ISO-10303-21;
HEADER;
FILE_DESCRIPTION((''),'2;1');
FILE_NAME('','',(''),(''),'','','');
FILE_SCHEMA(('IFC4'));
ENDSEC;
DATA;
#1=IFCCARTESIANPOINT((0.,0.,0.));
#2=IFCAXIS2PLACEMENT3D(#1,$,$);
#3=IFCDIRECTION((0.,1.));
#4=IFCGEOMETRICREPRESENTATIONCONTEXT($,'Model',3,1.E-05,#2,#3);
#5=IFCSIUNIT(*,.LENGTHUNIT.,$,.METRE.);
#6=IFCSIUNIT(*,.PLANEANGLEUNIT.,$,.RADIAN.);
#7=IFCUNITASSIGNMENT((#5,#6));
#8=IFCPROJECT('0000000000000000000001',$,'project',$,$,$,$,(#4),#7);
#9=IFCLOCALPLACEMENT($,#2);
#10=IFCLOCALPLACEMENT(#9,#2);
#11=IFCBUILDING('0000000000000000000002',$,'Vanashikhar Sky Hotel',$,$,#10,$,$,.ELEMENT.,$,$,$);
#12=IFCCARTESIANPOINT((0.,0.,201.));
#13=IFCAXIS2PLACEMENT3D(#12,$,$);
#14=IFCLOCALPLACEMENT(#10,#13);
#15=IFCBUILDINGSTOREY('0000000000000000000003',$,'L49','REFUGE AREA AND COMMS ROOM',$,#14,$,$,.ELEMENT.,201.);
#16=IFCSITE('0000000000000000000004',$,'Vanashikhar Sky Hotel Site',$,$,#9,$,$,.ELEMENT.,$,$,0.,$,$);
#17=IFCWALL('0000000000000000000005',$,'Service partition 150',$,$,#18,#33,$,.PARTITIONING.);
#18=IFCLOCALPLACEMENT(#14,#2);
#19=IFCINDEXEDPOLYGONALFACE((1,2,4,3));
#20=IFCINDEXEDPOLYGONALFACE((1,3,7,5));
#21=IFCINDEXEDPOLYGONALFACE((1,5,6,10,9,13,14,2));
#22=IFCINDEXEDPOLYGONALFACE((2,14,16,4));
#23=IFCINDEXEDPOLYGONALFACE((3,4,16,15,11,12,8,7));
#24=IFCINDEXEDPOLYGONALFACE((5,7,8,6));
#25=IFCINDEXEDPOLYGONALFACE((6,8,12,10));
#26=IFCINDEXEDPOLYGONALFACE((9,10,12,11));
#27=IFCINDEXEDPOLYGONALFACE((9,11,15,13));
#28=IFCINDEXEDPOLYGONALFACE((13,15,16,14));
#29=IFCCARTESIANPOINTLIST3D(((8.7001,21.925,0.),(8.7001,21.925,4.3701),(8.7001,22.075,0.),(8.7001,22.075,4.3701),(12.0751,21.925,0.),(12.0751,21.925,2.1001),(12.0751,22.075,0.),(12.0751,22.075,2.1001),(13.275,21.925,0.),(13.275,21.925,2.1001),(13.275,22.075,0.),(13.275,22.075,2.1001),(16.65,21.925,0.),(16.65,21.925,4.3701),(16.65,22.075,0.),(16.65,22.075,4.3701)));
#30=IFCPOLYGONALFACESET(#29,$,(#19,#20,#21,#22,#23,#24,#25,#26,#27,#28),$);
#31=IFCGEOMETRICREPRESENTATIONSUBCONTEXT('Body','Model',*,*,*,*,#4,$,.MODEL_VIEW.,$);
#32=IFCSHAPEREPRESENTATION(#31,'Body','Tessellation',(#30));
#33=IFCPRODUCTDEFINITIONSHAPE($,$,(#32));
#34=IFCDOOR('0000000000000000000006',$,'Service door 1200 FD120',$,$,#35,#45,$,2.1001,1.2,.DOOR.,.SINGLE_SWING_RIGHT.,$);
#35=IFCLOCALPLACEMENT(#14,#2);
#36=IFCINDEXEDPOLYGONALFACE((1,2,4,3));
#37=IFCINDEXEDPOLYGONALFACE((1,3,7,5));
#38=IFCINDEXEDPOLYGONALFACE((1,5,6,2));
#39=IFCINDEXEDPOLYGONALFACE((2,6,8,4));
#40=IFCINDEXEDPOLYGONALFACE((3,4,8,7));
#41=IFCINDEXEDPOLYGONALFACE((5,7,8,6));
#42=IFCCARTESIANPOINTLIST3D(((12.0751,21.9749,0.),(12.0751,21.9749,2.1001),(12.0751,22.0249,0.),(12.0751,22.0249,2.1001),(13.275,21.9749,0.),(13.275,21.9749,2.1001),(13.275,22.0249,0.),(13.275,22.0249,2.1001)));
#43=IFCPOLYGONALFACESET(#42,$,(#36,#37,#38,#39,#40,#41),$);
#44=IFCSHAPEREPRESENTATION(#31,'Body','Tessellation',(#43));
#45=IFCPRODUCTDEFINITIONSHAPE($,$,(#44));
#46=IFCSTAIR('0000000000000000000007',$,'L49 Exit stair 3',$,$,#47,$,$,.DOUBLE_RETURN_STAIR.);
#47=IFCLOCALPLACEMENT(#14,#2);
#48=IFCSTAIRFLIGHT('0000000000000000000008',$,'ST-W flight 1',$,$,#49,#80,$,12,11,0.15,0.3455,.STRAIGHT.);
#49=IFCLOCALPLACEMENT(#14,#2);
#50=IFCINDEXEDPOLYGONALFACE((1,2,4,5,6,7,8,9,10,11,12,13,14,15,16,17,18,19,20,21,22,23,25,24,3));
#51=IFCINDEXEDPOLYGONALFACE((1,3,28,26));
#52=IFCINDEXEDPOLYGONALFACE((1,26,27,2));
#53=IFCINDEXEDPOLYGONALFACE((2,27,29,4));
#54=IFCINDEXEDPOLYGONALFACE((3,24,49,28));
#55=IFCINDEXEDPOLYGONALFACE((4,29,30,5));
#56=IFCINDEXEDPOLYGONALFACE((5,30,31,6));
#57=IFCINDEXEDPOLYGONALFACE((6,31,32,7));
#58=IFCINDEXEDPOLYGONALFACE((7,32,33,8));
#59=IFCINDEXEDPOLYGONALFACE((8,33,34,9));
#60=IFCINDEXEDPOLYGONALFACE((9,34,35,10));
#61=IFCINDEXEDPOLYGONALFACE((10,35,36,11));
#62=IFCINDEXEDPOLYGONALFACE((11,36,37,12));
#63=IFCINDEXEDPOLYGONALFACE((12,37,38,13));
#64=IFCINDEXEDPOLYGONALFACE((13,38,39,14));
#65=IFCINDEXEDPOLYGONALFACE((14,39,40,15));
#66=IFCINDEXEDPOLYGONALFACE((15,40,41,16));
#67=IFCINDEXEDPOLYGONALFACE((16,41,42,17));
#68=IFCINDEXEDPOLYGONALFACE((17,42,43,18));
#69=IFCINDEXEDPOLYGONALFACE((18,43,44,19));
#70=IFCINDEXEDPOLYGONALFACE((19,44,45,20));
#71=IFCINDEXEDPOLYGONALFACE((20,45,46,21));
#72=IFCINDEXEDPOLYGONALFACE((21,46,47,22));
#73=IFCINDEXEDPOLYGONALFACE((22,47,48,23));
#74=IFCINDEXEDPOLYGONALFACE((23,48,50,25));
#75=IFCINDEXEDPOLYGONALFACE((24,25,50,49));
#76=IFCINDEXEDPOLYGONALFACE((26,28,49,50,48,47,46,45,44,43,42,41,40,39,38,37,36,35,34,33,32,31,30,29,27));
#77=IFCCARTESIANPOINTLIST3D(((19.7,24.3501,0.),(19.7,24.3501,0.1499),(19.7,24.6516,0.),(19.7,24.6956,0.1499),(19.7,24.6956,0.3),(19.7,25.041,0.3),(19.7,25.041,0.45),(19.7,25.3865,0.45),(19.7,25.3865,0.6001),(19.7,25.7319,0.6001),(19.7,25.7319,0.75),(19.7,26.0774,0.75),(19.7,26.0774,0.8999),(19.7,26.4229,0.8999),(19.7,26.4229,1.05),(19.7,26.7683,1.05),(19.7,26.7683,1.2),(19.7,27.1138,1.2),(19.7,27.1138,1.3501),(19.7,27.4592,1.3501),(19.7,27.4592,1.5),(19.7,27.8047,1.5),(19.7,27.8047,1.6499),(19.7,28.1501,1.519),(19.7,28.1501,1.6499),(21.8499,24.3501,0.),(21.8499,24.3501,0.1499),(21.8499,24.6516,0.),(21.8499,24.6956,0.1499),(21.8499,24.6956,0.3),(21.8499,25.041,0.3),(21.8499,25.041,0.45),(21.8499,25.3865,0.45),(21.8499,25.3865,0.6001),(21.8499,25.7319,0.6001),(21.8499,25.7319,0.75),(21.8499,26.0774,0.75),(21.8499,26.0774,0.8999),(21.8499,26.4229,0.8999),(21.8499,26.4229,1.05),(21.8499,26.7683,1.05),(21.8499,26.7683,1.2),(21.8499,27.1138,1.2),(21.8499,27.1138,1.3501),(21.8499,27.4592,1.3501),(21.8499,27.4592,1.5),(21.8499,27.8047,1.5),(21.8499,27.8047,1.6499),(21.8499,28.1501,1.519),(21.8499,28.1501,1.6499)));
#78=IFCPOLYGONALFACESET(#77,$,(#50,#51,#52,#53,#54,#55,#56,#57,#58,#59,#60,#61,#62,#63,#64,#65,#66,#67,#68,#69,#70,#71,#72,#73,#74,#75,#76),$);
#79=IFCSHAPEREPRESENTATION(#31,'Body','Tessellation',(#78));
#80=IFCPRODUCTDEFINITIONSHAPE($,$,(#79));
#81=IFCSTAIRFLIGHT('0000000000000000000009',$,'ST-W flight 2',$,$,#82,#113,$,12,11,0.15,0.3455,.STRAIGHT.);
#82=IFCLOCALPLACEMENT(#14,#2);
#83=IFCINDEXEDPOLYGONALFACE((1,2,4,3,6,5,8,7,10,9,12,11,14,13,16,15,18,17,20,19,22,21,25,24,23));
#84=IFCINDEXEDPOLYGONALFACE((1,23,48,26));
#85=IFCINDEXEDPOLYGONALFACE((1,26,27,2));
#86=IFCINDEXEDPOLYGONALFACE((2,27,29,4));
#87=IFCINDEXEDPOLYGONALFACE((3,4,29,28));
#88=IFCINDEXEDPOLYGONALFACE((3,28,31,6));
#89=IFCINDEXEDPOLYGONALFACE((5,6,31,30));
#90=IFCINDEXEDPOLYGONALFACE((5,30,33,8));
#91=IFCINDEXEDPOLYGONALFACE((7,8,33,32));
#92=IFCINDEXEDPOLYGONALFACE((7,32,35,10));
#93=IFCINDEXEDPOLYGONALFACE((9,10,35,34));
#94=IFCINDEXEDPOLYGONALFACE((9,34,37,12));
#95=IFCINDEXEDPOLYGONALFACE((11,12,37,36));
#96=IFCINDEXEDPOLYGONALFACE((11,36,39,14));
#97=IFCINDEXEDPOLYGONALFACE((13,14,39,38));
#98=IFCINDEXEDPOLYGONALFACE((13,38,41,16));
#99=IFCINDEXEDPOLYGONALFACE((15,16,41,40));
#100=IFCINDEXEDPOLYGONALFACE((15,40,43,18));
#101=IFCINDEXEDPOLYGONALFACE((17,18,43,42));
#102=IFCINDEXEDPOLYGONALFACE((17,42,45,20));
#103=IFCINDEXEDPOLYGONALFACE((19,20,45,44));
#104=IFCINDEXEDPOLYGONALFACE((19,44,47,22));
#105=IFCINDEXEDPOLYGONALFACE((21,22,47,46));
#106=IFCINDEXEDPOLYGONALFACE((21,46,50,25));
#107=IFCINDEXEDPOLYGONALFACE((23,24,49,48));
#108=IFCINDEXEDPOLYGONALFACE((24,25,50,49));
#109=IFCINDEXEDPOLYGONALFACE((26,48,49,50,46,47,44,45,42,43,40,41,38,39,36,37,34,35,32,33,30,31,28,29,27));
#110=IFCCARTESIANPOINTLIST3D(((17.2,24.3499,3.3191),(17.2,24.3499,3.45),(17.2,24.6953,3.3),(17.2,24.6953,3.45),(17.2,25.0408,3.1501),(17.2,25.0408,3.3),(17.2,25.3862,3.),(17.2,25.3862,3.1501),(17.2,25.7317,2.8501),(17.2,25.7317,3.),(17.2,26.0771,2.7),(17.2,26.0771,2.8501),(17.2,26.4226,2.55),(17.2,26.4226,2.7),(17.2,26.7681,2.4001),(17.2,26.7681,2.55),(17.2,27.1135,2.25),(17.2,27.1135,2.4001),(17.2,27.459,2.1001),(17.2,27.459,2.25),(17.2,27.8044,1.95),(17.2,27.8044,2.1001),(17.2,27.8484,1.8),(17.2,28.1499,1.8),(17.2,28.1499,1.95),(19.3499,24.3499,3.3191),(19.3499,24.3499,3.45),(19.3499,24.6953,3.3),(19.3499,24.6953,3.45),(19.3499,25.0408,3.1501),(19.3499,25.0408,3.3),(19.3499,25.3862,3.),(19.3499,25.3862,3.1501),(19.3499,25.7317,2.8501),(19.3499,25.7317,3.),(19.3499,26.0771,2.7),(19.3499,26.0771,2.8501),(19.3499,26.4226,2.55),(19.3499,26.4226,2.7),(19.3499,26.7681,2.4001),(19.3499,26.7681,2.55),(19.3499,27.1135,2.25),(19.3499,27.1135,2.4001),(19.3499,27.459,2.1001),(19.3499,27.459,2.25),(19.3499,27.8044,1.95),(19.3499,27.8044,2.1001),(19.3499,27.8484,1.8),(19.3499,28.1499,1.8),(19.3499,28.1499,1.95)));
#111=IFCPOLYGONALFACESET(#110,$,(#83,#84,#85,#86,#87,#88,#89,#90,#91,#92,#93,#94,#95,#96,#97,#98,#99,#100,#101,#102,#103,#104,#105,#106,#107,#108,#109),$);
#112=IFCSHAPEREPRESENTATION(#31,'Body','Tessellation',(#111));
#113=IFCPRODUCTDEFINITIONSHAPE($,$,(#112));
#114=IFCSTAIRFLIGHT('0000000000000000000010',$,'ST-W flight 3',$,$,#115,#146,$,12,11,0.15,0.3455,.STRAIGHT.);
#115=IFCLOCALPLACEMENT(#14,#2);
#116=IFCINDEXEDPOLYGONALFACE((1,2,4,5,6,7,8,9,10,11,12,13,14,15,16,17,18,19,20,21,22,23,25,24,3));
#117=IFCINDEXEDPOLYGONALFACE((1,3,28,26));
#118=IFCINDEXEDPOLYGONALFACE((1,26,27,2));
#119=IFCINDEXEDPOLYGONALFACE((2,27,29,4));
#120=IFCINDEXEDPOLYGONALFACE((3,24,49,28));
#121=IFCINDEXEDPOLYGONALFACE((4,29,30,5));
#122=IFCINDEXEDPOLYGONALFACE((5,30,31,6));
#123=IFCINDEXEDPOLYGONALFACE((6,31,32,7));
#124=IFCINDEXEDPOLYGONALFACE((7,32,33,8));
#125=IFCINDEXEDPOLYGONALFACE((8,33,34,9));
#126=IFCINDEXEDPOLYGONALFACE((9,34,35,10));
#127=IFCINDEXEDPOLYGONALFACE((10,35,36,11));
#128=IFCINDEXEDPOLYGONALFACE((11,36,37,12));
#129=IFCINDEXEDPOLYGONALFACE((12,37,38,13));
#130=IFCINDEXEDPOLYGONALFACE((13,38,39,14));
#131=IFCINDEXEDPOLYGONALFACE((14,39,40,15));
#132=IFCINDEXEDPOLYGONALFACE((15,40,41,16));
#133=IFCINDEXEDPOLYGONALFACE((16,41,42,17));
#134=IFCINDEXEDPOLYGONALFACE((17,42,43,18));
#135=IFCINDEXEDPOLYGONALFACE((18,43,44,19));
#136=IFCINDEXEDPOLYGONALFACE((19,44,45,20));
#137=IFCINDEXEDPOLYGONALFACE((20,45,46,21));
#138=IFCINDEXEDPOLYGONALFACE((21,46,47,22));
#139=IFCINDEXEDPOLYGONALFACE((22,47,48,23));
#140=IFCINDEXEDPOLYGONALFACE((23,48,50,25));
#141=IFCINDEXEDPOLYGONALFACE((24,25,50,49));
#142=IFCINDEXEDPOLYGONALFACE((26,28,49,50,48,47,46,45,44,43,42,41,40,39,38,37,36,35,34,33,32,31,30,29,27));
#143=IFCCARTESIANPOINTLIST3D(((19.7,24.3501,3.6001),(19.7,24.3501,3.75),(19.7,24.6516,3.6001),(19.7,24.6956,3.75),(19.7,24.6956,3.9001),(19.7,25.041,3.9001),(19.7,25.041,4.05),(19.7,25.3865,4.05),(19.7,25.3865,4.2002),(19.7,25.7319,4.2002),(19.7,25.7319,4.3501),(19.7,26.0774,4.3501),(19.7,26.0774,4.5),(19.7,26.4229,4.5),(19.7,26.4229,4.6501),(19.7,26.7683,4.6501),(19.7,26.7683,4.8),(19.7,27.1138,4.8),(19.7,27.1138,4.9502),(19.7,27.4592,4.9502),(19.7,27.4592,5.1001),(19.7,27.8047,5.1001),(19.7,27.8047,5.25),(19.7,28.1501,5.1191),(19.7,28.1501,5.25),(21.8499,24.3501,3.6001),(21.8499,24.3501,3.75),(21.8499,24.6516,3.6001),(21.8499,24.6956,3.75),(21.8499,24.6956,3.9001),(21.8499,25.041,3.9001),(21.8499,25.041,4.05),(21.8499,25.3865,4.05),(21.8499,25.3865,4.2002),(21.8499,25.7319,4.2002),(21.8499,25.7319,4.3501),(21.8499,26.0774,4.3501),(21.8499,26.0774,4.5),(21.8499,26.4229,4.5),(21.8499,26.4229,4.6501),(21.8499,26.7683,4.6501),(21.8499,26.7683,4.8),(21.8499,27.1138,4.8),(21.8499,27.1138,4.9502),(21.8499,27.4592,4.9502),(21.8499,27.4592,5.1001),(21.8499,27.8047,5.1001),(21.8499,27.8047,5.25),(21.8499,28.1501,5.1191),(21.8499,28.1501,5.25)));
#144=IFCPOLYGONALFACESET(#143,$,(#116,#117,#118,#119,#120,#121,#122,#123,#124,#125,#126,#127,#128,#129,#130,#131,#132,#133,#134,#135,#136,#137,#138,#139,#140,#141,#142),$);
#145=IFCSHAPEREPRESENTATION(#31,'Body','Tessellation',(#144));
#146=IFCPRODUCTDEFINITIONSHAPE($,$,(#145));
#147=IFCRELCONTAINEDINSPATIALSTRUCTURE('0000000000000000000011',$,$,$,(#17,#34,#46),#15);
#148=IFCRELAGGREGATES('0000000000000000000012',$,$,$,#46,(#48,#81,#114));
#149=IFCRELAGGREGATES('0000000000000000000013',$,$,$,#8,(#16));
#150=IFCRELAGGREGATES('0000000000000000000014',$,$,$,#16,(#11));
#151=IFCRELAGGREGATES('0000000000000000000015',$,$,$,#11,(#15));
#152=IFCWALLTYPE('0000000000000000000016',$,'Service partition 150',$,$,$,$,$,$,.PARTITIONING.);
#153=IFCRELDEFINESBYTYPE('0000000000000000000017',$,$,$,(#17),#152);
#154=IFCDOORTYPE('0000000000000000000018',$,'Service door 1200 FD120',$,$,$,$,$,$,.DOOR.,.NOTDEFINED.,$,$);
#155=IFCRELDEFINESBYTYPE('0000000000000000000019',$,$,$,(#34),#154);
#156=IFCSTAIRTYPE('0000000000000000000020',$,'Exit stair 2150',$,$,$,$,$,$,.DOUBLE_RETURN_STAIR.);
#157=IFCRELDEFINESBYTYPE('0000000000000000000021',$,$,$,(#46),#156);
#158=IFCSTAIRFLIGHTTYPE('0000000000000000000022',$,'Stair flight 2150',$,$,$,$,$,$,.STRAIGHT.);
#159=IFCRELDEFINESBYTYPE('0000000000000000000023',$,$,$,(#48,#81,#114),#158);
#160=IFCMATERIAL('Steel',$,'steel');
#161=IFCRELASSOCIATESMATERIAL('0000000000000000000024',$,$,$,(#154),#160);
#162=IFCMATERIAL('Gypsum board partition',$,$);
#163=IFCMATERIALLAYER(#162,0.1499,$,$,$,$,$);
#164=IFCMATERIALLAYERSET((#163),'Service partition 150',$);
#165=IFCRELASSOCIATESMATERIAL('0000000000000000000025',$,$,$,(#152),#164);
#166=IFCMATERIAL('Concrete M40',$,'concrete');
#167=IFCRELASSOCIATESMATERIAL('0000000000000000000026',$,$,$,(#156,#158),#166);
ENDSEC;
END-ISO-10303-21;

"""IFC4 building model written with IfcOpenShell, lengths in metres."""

from ifc_helpers import new_model, si_unit, direction, frame, frame_2d, origin, place, context, subcontext, project, spatial, polyline, rectangle, outline, extrude, source, transform, mapped, material, layer, layer_set, type_object, element, fill, aggregate, save


model = new_model("IFC4")

# Units and contexts
model_context = context("Model", 3, precision=1e-05, world=origin(), true_north=direction((0.0, 1.0)))
body_context = subcontext(model_context, "Body", "Model", "MODEL_VIEW")
ifc_project = project(units=[si_unit("LENGTHUNIT", "METRE"), si_unit("PLANEANGLEUNIT", "RADIAN")], contexts=[model_context])

# Site, building, storey
site_placement = place(None, origin())
site = spatial("IfcSite", under=ifc_project, at=site_placement, Name="Vanashikhar Sky Hotel Site", CompositionType="ELEMENT", RefElevation=0.0)
building_placement = place(site_placement, origin())
building = spatial("IfcBuilding", under=site, at=building_placement, Name="Vanashikhar Sky Hotel", CompositionType="ELEMENT")
storey_placement = place(building_placement, frame((0.0, 0.0, 201.0)))
storey = spatial("IfcBuildingStorey", under=building, at=storey_placement, Name="L49", Description="REFUGE AREA AND COMMS ROOM", CompositionType="ELEMENT", Elevation=201.0)

# Shared definitions
ifc_material_1 = material(Name="Steel", Category="steel")

# Shared definitions
door_type_1 = type_object("IfcDoorType", Name="Service door 1200 FD120", OperationType="NOTDEFINED", PredefinedType="DOOR", material=ifc_material_1)
shared_shape_1 = source(origin(), body_context, "Body", "SweptSolid", [
    extrude(rectangle(XDim=1.2, YDim=2.1001, at=frame_2d((0.6001, 1.05))), frame((0.0, 0.0249, 0.0), z_axis=(0.0, -1.0, 0.0), x_axis=(1.0, 0.0, 0.0)), (0.0, 0.0, 1.0), 0.05),
])

# Wall, opening, door
ifc_material_2 = material(Name="Gypsum board partition")
ifc_layer_1 = layer(ifc_material_2, 0.1499)
ifc_layer_set_1 = layer_set([ifc_layer_1], Name="Service partition 150")
wall_type_1 = type_object("IfcWallType", Name="Service partition 150", PredefinedType="PARTITIONING", material=ifc_layer_set_1)
shared_shape_2 = source(origin(), body_context, "Body", "SweptSolid", [
    extrude(rectangle(XDim=7.95, YDim=0.1499, at=frame_2d((3.9751, 0.0))), origin(), (0.0, 0.0, 1.0), 4.3701),
])
wall_1_placement = place(storey_placement, frame((8.7, 22.0, 0.0), z_axis=(0.0, 0.0, 1.0), x_axis=(1.0, 0.0, 0.0)))
wall_1 = element("IfcWall", 1, at=wall_1_placement, inside=storey, type_object=wall_type_1, Name="Service partition 150", PredefinedType="PARTITIONING", context=body_context, shape_type="MappedRepresentation", body=[
    mapped(shared_shape_2, transform((0.0, 0.0, 0.0), scale=1.0)),
])
shared_shape_3 = source(origin(), body_context, "Body", "SweptSolid", [
    extrude(rectangle(XDim=1.2, YDim=2.1001, at=frame_2d((0.6001, 1.05))), frame((0.0, 0.085, 0.0), z_axis=(0.0, -1.0, 0.0), x_axis=(1.0, 0.0, 0.0)), (0.0, 0.0, 1.0), 0.1699),
])
opening_1_placement = place(wall_1_placement, frame((3.375, 0.0, 0.0)))
opening_1 = element("IfcOpeningElement", 2, at=opening_1_placement, cuts=wall_1, PredefinedType="OPENING", context=body_context, shape_type="MappedRepresentation", body=[
    mapped(shared_shape_3, transform((0.0, 0.0, 0.0), scale=1.0)),
])
door_1_placement = place(opening_1_placement, origin())
door_1 = element("IfcDoor", 3, at=door_1_placement, inside=storey, type_object=door_type_1, Name="Service door 1200 FD120", OperationType="SINGLE_SWING_RIGHT", OverallHeight=2.1001, OverallWidth=1.2, PredefinedType="DOOR", context=body_context, shape_type="MappedRepresentation", body=[
    mapped(shared_shape_1, transform((0.0, 0.0, 0.0), scale=1.0)),
])
fill(opening_1, door_1)

# Stair, stair flights
ifc_material_3 = material(Name="Concrete M40", Category="concrete")
stair_type = type_object("IfcStairType", Name="Exit stair 2150", PredefinedType="DOUBLE_RETURN_STAIR", material=ifc_material_3)
stair_placement = place(storey_placement, origin())
stair = element("IfcStair", 4, at=stair_placement, inside=storey, type_object=stair_type, Name="L49 Exit stair 3", PredefinedType="DOUBLE_RETURN_STAIR")
stair_flight_type = type_object("IfcStairFlightType", Name="Stair flight 2150", PredefinedType="STRAIGHT", material=ifc_material_3)
shared_shape_4 = source(origin(), body_context, "Body", "SweptSolid", [
    extrude(outline(polyline([(0.0, 0.0), (0.0, 0.1499), (0.3455, 0.1499), (0.3455, 0.3), (0.6909, 0.3), (0.6909, 0.45), (1.0364, 0.45), (1.0364, 0.6001), (1.3818, 0.6001), (1.3818, 0.75), (1.7273, 0.75), (1.7273, 0.8999), (2.0728, 0.8999), (2.0728, 1.05), (2.4182, 1.05), (2.4182, 1.2), (2.7637, 1.2), (2.7637, 1.3501), (3.1091, 1.3501), (3.1091, 1.5), (3.4546, 1.5), (3.4546, 1.6499), (3.8, 1.6499), (3.8, 1.8), (3.8, 1.519), (0.3015, 0.0), (0.0, 0.0)])), frame((0.0, 1.075, 0.0), z_axis=(0.0, -1.0, 0.0), x_axis=(1.0, 0.0, 0.0)), (0.0, 0.0, 1.0), 2.1499),
])
stair_flight_1_placement = place(storey_placement, frame((20.7749, 24.3501, 0.0), z_axis=(0.0, 0.0, 1.0), x_axis=(0.0, 1.0, 0.0)))
stair_flight_1 = element("IfcStairFlight", 5, at=stair_flight_1_placement, type_object=stair_flight_type, Name="ST-W flight 1", NumberOfRisers=12, NumberOfTreads=11, PredefinedType="STRAIGHT", RiserHeight=0.15, TreadLength=0.3455, context=body_context, shape_type="MappedRepresentation", body=[
    mapped(shared_shape_4, transform((0.0, 0.0, 0.0), scale=1.0)),
])
stair_flight_2_placement = place(storey_placement, frame((18.2749, 28.1499, 1.8), z_axis=(0.0, 0.0, 1.0), x_axis=(0.0, -1.0, 0.0)))
stair_flight_2 = element("IfcStairFlight", 6, at=stair_flight_2_placement, type_object=stair_flight_type, Name="ST-W flight 2", NumberOfRisers=12, NumberOfTreads=11, PredefinedType="STRAIGHT", RiserHeight=0.15, TreadLength=0.3455, context=body_context, shape_type="MappedRepresentation", body=[
    mapped(shared_shape_4, transform((0.0, 0.0, 0.0), scale=1.0)),
])
stair_flight_3_placement = place(storey_placement, frame((20.7749, 24.3501, 3.6001), z_axis=(0.0, 0.0, 1.0), x_axis=(0.0, 1.0, 0.0)))
stair_flight_3 = element("IfcStairFlight", 7, at=stair_flight_3_placement, type_object=stair_flight_type, Name="ST-W flight 3", NumberOfRisers=12, NumberOfTreads=11, PredefinedType="STRAIGHT", RiserHeight=0.15, TreadLength=0.3455, context=body_context, shape_type="MappedRepresentation", body=[
    mapped(shared_shape_4, transform((0.0, 0.0, 0.0), scale=1.0)),
])
aggregate(stair, [stair_flight_1, stair_flight_2, stair_flight_3])

save(model, "model.ifc")
